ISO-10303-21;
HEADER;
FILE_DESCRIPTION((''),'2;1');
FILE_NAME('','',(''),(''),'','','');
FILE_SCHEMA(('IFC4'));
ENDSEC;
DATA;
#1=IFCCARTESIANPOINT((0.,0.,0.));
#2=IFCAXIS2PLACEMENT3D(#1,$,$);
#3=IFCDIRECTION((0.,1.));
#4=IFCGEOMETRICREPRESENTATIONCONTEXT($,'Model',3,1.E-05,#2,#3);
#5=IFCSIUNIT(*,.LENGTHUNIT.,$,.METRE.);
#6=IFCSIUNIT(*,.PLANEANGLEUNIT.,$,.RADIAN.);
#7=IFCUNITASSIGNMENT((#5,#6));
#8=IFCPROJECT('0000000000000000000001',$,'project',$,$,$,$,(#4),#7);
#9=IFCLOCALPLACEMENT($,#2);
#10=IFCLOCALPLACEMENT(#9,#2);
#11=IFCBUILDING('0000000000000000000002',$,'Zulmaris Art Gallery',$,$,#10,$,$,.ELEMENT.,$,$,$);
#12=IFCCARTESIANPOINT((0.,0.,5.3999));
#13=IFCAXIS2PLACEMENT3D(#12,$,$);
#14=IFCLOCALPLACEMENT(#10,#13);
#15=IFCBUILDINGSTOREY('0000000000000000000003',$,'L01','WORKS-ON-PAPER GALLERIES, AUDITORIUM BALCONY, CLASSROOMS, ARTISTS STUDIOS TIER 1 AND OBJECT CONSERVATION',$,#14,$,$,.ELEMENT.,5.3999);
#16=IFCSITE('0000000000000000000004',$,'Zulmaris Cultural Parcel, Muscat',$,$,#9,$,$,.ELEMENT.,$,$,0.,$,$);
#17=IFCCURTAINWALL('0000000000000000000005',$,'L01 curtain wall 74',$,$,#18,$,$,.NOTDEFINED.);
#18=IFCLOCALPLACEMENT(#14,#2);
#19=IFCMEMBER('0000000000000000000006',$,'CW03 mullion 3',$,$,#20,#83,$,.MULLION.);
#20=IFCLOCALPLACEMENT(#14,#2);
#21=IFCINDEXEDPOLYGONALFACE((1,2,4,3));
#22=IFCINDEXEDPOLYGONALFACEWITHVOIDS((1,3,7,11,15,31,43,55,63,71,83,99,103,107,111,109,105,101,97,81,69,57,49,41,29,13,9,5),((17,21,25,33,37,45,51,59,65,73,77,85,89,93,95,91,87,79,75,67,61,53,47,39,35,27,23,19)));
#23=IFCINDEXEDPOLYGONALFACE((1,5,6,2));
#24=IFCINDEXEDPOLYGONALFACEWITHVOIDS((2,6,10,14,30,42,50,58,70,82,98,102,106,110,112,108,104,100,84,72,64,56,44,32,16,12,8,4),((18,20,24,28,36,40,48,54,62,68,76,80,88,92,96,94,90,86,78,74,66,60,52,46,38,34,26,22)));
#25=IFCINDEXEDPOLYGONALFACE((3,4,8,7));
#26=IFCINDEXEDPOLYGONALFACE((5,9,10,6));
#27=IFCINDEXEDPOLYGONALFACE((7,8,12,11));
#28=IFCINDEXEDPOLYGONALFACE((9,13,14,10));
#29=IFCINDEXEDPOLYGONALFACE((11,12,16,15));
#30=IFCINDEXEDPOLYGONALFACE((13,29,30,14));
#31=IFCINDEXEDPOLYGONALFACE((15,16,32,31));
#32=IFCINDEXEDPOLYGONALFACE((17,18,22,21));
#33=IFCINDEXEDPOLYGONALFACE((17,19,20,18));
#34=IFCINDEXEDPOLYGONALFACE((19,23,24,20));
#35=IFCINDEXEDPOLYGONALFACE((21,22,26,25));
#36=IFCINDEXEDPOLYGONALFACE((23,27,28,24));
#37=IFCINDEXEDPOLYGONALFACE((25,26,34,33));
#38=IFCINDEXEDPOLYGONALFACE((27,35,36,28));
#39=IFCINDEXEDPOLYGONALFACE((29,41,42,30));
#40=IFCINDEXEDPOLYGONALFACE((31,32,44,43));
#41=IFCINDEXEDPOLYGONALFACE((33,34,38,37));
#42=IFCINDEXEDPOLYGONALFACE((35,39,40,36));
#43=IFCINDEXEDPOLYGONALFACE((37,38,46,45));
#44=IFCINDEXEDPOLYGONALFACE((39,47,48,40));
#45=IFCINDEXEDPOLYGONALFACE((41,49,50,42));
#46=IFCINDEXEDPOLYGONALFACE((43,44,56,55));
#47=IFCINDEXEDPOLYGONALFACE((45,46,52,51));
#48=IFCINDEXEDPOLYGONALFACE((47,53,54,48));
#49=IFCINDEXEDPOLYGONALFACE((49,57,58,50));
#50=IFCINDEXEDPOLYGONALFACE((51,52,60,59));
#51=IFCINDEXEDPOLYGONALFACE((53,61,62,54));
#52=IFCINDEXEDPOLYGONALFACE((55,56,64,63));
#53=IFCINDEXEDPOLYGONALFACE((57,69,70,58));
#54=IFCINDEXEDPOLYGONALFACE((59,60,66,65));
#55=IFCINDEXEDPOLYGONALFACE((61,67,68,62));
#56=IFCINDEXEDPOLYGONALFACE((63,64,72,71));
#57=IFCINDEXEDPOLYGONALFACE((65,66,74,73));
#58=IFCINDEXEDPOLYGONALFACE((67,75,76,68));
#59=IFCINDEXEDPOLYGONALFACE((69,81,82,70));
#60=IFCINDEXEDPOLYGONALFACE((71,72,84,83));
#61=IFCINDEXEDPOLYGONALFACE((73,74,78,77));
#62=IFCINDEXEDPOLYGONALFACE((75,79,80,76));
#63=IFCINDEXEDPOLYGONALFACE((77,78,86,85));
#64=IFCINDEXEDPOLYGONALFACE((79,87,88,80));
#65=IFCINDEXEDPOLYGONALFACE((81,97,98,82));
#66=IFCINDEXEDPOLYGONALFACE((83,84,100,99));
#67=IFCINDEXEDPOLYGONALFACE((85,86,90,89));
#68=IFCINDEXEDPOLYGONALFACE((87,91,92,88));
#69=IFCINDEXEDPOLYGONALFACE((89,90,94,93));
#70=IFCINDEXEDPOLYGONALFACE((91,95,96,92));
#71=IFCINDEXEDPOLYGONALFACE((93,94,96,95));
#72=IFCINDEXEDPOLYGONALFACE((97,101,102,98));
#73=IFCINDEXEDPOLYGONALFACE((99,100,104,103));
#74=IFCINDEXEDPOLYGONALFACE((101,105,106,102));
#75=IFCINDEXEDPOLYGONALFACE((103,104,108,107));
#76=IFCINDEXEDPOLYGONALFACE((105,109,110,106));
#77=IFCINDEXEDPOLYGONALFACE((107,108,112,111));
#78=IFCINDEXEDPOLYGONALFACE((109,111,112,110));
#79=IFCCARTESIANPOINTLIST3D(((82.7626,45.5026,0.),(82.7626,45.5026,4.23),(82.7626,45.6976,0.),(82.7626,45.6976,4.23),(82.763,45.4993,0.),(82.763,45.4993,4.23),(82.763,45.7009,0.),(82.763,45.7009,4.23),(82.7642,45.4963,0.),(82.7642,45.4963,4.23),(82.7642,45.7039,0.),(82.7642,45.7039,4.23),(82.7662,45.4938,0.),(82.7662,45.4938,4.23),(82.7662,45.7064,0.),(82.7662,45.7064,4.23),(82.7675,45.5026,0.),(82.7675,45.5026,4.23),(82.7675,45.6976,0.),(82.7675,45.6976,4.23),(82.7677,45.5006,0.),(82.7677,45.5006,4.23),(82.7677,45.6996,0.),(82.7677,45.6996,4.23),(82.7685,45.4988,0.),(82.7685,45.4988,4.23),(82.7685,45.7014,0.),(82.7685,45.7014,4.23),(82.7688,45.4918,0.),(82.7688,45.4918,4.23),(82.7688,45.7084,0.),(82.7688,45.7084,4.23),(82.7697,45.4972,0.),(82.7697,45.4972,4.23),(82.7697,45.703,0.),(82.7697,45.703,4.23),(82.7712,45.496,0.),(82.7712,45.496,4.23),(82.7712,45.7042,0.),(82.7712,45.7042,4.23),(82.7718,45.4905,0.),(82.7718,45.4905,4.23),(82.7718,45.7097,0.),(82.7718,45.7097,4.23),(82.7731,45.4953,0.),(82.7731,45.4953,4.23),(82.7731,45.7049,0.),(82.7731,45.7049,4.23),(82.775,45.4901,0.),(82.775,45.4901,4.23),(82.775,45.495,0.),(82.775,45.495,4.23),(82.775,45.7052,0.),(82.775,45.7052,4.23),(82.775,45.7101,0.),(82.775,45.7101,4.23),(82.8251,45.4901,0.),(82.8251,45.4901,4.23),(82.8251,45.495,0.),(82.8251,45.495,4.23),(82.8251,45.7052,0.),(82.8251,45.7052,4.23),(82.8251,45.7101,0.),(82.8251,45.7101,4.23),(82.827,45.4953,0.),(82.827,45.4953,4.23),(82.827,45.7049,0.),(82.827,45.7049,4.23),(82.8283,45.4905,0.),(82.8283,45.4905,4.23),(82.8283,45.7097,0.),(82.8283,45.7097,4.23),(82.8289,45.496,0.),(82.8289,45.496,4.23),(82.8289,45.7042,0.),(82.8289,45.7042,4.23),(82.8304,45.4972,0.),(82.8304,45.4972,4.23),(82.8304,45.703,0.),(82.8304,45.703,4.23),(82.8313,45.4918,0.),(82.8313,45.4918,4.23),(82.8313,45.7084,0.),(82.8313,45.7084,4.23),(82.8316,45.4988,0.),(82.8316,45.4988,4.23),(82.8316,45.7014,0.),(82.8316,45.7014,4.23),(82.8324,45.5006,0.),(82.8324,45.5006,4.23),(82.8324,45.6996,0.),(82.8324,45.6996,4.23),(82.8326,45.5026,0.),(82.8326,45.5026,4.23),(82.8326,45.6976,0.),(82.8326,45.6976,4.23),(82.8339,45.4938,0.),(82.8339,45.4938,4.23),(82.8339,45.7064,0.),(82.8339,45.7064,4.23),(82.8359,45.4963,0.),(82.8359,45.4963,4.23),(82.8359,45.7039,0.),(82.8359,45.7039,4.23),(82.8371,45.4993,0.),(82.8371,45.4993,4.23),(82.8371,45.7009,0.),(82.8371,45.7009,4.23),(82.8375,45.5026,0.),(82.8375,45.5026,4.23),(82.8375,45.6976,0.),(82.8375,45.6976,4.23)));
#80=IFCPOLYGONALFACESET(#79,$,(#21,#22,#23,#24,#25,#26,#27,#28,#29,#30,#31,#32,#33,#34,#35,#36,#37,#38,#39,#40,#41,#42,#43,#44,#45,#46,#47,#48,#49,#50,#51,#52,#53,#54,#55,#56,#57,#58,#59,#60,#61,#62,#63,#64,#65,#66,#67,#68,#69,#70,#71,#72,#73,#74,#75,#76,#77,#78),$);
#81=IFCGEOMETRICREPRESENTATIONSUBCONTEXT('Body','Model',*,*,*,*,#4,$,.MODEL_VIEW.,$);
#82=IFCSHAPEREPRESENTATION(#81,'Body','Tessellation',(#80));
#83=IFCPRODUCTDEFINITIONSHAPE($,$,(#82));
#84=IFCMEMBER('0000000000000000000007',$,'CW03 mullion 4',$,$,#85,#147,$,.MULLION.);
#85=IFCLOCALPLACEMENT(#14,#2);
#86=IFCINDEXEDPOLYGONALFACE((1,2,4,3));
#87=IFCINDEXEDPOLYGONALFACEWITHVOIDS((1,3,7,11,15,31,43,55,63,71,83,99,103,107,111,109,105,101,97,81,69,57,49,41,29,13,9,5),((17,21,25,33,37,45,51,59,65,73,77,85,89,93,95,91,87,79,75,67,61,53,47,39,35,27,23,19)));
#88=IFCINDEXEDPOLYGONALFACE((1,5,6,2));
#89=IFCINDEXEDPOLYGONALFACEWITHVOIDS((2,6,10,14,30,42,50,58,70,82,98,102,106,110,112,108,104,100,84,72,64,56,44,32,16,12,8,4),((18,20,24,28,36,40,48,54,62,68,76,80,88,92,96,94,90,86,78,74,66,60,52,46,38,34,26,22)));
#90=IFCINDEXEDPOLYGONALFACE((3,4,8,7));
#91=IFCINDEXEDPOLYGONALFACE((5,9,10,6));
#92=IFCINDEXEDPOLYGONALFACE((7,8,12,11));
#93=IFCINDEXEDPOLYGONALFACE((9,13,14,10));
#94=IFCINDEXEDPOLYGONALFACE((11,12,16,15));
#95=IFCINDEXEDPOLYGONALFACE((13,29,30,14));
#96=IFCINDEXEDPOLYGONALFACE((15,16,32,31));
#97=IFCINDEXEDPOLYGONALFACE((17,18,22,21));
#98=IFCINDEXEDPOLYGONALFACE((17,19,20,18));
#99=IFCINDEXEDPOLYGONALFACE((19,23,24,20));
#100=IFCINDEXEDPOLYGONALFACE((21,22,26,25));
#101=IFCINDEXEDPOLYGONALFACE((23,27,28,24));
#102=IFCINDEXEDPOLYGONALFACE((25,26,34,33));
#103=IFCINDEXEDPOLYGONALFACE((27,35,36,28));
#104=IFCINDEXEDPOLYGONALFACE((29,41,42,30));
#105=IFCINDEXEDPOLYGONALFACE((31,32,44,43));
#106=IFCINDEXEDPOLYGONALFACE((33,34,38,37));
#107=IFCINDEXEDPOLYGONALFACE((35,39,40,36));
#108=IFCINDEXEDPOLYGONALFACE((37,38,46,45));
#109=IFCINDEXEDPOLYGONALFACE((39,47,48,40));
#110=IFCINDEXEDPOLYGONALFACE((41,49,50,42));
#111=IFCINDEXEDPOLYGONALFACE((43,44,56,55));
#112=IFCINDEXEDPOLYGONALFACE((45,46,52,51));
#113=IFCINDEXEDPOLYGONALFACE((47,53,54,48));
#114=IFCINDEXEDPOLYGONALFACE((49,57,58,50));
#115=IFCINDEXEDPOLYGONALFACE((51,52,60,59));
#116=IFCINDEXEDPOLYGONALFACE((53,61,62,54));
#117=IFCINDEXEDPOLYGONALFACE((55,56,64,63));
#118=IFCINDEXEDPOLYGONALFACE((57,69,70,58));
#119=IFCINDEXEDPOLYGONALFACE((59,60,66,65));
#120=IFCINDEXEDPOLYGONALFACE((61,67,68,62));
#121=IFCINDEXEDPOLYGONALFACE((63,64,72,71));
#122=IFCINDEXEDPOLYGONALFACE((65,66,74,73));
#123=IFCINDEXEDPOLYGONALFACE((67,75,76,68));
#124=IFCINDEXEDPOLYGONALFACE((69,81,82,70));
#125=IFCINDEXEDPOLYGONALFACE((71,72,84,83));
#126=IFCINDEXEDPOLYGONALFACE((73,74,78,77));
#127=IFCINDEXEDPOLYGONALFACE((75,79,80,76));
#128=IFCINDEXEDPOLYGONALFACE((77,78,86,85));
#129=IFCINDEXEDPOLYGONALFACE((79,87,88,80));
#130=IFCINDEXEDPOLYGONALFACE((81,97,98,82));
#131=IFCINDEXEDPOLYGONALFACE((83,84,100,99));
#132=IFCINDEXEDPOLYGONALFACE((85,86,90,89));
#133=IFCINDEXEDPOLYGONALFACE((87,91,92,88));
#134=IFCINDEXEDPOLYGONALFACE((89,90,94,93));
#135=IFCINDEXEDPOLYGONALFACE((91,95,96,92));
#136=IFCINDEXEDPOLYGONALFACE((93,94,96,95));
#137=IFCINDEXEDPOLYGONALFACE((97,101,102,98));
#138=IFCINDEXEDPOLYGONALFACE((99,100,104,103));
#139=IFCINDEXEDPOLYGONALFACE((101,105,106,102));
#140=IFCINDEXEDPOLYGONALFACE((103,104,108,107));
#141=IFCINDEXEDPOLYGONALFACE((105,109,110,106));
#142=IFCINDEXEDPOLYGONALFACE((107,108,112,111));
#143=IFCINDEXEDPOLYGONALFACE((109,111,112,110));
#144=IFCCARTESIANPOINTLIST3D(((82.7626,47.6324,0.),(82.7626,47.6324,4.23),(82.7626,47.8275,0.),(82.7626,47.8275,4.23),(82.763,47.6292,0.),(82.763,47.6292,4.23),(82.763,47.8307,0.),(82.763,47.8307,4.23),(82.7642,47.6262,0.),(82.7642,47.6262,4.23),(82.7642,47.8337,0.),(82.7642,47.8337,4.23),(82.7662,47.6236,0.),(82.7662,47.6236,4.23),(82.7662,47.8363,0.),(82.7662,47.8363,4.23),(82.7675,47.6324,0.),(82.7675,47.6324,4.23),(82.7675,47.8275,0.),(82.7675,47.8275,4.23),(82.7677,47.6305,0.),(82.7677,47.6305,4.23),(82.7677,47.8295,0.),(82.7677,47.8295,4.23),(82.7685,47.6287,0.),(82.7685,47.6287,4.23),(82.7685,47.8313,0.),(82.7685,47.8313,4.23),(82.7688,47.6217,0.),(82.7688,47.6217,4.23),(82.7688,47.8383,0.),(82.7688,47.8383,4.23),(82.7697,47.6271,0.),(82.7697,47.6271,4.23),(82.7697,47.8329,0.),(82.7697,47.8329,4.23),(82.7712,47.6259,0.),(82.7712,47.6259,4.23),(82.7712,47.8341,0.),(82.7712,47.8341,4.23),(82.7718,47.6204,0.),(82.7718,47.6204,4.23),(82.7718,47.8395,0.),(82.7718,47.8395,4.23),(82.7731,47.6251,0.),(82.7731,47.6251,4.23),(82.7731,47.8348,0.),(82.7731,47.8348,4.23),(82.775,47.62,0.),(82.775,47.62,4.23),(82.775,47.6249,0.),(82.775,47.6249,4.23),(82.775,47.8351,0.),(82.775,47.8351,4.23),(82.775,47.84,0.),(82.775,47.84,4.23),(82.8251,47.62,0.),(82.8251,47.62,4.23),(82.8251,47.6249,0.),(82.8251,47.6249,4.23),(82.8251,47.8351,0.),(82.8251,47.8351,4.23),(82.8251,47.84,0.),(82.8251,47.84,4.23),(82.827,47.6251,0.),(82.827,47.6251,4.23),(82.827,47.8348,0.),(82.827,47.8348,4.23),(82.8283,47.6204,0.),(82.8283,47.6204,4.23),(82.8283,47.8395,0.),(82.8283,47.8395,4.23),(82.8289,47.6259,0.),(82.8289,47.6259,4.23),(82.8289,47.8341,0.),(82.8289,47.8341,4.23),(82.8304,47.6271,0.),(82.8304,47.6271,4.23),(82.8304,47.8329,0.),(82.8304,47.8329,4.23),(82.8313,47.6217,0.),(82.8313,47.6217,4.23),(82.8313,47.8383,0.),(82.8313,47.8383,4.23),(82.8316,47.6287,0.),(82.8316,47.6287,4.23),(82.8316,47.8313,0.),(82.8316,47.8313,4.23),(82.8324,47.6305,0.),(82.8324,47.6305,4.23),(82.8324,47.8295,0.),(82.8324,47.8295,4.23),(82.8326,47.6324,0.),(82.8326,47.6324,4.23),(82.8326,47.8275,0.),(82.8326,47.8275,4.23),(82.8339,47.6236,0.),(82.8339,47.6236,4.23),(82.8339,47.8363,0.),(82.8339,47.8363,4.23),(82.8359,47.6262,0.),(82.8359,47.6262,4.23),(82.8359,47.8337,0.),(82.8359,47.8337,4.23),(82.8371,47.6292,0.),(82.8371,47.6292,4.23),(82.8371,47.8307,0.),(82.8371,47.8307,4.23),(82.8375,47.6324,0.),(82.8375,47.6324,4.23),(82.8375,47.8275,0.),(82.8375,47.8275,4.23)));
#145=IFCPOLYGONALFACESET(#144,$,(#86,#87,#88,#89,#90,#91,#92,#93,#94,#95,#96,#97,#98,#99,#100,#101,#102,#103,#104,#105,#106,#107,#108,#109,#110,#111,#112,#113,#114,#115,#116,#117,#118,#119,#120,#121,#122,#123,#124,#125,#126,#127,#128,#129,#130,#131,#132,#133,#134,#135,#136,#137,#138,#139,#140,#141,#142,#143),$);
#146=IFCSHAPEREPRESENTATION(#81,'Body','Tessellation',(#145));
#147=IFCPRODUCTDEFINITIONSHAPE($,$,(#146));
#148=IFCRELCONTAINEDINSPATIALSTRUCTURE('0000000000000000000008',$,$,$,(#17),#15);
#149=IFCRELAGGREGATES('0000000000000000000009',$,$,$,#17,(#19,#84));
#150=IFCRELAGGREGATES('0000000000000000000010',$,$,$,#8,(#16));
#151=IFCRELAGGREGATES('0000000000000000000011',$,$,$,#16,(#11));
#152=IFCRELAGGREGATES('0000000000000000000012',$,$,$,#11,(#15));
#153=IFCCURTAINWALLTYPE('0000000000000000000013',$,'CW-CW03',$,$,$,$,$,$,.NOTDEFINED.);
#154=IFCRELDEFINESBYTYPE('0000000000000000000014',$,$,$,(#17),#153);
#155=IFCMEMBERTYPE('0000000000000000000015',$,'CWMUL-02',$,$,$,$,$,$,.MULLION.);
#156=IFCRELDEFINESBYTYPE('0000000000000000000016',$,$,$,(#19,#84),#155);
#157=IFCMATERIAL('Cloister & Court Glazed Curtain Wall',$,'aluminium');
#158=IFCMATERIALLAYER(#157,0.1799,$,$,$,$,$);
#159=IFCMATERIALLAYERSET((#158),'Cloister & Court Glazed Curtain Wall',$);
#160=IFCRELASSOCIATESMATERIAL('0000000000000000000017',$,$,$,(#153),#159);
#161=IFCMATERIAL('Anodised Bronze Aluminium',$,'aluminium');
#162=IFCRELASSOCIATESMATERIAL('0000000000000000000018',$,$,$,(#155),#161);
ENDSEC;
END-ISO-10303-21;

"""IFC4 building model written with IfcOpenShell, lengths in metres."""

from ifc_helpers import new_model, si_unit, direction, frame, origin, origin_2d, place, context, subcontext, project, spatial, hollow_rectangle, extrude, material, layer, layer_set, material_profile, profile_set, type_object, element, aggregate, save


model = new_model("IFC4")

# Units and contexts
model_context = context("Model", 3, precision=1e-05, world=origin(), true_north=direction((0.0, 1.0)))
body_context = subcontext(model_context, "Body", "Model", "MODEL_VIEW")
ifc_project = project(units=[si_unit("LENGTHUNIT", "METRE"), si_unit("PLANEANGLEUNIT", "RADIAN")], contexts=[model_context])

# Site, building, storey
site_placement = place(None, origin())
site = spatial("IfcSite", under=ifc_project, at=site_placement, Name="Zulmaris Cultural Parcel, Muscat", CompositionType="ELEMENT", RefElevation=0.0)
building_placement = place(site_placement, origin())
building = spatial("IfcBuilding", under=site, at=building_placement, Name="Zulmaris Art Gallery", CompositionType="ELEMENT")
storey_placement = place(building_placement, frame((0.0, 0.0, 5.3999)))
storey = spatial("IfcBuildingStorey", under=building, at=storey_placement, Name="L01", Description="WORKS-ON-PAPER GALLERIES, AUDITORIUM BALCONY, CLASSROOMS, ARTISTS STUDIOS TIER 1 AND OBJECT CONSERVATION", CompositionType="ELEMENT", Elevation=5.3999)

# Curtain wall, members
ifc_material_1 = material(Name="Cloister & Court Glazed Curtain Wall", Category="aluminium")
ifc_layer_1 = layer(ifc_material_1, 0.1799)
ifc_layer_set_1 = layer_set([ifc_layer_1], Name="Cloister & Court Glazed Curtain Wall")
curtain_wall_type = type_object("IfcCurtainWallType", Name="CW-CW03", PredefinedType="NOTDEFINED", material=ifc_layer_set_1)
curtain_wall_placement = place(storey_placement, origin())
curtain_wall = element("IfcCurtainWall", 1, at=curtain_wall_placement, inside=storey, type_object=curtain_wall_type, Name="L01 curtain wall 74", PredefinedType="NOTDEFINED")
ifc_material_2 = material(Name="Anodised Bronze Aluminium", Category="aluminium")
ifc_material_profile_1 = material_profile(ifc_material_2, hollow_rectangle(XDim=0.075, YDim=0.22, WallThickness=0.0049, InnerFilletRadius=0.0076, OuterFilletRadius=0.0125, at=origin_2d()), Name="ALU 75x220x5")
ifc_profile_set_1 = profile_set([ifc_material_profile_1], Name="Anodised Bronze Aluminium")
member_type_1 = type_object("IfcMemberType", Name="CWMUL-02", PredefinedType="MULLION", material=ifc_profile_set_1)
member_1_placement = place(storey_placement, frame((82.8, 45.6001, 0.0), z_axis=(0.0, 0.0, 1.0), x_axis=(-1.0, 0.0, 0.0)))
member_1 = element("IfcMember", 2, at=member_1_placement, type_object=member_type_1, Name="CW03 mullion 3", PredefinedType="MULLION", context=body_context, shape_type="SweptSolid", body=[
    extrude(hollow_rectangle(XDim=0.075, YDim=0.22, WallThickness=0.0049, InnerFilletRadius=0.0076, OuterFilletRadius=0.0125, at=origin_2d()), origin(), (0.0, 0.0, 1.0), 4.23),
])
member_2_placement = place(storey_placement, frame((82.8, 47.73, 0.0), z_axis=(0.0, 0.0, 1.0), x_axis=(-1.0, 0.0, 0.0)))
member_2 = element("IfcMember", 3, at=member_2_placement, type_object=member_type_1, Name="CW03 mullion 4", PredefinedType="MULLION", context=body_context, shape_type="SweptSolid", body=[
    extrude(hollow_rectangle(XDim=0.075, YDim=0.22, WallThickness=0.0049, InnerFilletRadius=0.0076, OuterFilletRadius=0.0125, at=origin_2d()), origin(), (0.0, 0.0, 1.0), 4.23),
])
aggregate(curtain_wall, [member_1, member_2])

save(model, "model.ifc")
